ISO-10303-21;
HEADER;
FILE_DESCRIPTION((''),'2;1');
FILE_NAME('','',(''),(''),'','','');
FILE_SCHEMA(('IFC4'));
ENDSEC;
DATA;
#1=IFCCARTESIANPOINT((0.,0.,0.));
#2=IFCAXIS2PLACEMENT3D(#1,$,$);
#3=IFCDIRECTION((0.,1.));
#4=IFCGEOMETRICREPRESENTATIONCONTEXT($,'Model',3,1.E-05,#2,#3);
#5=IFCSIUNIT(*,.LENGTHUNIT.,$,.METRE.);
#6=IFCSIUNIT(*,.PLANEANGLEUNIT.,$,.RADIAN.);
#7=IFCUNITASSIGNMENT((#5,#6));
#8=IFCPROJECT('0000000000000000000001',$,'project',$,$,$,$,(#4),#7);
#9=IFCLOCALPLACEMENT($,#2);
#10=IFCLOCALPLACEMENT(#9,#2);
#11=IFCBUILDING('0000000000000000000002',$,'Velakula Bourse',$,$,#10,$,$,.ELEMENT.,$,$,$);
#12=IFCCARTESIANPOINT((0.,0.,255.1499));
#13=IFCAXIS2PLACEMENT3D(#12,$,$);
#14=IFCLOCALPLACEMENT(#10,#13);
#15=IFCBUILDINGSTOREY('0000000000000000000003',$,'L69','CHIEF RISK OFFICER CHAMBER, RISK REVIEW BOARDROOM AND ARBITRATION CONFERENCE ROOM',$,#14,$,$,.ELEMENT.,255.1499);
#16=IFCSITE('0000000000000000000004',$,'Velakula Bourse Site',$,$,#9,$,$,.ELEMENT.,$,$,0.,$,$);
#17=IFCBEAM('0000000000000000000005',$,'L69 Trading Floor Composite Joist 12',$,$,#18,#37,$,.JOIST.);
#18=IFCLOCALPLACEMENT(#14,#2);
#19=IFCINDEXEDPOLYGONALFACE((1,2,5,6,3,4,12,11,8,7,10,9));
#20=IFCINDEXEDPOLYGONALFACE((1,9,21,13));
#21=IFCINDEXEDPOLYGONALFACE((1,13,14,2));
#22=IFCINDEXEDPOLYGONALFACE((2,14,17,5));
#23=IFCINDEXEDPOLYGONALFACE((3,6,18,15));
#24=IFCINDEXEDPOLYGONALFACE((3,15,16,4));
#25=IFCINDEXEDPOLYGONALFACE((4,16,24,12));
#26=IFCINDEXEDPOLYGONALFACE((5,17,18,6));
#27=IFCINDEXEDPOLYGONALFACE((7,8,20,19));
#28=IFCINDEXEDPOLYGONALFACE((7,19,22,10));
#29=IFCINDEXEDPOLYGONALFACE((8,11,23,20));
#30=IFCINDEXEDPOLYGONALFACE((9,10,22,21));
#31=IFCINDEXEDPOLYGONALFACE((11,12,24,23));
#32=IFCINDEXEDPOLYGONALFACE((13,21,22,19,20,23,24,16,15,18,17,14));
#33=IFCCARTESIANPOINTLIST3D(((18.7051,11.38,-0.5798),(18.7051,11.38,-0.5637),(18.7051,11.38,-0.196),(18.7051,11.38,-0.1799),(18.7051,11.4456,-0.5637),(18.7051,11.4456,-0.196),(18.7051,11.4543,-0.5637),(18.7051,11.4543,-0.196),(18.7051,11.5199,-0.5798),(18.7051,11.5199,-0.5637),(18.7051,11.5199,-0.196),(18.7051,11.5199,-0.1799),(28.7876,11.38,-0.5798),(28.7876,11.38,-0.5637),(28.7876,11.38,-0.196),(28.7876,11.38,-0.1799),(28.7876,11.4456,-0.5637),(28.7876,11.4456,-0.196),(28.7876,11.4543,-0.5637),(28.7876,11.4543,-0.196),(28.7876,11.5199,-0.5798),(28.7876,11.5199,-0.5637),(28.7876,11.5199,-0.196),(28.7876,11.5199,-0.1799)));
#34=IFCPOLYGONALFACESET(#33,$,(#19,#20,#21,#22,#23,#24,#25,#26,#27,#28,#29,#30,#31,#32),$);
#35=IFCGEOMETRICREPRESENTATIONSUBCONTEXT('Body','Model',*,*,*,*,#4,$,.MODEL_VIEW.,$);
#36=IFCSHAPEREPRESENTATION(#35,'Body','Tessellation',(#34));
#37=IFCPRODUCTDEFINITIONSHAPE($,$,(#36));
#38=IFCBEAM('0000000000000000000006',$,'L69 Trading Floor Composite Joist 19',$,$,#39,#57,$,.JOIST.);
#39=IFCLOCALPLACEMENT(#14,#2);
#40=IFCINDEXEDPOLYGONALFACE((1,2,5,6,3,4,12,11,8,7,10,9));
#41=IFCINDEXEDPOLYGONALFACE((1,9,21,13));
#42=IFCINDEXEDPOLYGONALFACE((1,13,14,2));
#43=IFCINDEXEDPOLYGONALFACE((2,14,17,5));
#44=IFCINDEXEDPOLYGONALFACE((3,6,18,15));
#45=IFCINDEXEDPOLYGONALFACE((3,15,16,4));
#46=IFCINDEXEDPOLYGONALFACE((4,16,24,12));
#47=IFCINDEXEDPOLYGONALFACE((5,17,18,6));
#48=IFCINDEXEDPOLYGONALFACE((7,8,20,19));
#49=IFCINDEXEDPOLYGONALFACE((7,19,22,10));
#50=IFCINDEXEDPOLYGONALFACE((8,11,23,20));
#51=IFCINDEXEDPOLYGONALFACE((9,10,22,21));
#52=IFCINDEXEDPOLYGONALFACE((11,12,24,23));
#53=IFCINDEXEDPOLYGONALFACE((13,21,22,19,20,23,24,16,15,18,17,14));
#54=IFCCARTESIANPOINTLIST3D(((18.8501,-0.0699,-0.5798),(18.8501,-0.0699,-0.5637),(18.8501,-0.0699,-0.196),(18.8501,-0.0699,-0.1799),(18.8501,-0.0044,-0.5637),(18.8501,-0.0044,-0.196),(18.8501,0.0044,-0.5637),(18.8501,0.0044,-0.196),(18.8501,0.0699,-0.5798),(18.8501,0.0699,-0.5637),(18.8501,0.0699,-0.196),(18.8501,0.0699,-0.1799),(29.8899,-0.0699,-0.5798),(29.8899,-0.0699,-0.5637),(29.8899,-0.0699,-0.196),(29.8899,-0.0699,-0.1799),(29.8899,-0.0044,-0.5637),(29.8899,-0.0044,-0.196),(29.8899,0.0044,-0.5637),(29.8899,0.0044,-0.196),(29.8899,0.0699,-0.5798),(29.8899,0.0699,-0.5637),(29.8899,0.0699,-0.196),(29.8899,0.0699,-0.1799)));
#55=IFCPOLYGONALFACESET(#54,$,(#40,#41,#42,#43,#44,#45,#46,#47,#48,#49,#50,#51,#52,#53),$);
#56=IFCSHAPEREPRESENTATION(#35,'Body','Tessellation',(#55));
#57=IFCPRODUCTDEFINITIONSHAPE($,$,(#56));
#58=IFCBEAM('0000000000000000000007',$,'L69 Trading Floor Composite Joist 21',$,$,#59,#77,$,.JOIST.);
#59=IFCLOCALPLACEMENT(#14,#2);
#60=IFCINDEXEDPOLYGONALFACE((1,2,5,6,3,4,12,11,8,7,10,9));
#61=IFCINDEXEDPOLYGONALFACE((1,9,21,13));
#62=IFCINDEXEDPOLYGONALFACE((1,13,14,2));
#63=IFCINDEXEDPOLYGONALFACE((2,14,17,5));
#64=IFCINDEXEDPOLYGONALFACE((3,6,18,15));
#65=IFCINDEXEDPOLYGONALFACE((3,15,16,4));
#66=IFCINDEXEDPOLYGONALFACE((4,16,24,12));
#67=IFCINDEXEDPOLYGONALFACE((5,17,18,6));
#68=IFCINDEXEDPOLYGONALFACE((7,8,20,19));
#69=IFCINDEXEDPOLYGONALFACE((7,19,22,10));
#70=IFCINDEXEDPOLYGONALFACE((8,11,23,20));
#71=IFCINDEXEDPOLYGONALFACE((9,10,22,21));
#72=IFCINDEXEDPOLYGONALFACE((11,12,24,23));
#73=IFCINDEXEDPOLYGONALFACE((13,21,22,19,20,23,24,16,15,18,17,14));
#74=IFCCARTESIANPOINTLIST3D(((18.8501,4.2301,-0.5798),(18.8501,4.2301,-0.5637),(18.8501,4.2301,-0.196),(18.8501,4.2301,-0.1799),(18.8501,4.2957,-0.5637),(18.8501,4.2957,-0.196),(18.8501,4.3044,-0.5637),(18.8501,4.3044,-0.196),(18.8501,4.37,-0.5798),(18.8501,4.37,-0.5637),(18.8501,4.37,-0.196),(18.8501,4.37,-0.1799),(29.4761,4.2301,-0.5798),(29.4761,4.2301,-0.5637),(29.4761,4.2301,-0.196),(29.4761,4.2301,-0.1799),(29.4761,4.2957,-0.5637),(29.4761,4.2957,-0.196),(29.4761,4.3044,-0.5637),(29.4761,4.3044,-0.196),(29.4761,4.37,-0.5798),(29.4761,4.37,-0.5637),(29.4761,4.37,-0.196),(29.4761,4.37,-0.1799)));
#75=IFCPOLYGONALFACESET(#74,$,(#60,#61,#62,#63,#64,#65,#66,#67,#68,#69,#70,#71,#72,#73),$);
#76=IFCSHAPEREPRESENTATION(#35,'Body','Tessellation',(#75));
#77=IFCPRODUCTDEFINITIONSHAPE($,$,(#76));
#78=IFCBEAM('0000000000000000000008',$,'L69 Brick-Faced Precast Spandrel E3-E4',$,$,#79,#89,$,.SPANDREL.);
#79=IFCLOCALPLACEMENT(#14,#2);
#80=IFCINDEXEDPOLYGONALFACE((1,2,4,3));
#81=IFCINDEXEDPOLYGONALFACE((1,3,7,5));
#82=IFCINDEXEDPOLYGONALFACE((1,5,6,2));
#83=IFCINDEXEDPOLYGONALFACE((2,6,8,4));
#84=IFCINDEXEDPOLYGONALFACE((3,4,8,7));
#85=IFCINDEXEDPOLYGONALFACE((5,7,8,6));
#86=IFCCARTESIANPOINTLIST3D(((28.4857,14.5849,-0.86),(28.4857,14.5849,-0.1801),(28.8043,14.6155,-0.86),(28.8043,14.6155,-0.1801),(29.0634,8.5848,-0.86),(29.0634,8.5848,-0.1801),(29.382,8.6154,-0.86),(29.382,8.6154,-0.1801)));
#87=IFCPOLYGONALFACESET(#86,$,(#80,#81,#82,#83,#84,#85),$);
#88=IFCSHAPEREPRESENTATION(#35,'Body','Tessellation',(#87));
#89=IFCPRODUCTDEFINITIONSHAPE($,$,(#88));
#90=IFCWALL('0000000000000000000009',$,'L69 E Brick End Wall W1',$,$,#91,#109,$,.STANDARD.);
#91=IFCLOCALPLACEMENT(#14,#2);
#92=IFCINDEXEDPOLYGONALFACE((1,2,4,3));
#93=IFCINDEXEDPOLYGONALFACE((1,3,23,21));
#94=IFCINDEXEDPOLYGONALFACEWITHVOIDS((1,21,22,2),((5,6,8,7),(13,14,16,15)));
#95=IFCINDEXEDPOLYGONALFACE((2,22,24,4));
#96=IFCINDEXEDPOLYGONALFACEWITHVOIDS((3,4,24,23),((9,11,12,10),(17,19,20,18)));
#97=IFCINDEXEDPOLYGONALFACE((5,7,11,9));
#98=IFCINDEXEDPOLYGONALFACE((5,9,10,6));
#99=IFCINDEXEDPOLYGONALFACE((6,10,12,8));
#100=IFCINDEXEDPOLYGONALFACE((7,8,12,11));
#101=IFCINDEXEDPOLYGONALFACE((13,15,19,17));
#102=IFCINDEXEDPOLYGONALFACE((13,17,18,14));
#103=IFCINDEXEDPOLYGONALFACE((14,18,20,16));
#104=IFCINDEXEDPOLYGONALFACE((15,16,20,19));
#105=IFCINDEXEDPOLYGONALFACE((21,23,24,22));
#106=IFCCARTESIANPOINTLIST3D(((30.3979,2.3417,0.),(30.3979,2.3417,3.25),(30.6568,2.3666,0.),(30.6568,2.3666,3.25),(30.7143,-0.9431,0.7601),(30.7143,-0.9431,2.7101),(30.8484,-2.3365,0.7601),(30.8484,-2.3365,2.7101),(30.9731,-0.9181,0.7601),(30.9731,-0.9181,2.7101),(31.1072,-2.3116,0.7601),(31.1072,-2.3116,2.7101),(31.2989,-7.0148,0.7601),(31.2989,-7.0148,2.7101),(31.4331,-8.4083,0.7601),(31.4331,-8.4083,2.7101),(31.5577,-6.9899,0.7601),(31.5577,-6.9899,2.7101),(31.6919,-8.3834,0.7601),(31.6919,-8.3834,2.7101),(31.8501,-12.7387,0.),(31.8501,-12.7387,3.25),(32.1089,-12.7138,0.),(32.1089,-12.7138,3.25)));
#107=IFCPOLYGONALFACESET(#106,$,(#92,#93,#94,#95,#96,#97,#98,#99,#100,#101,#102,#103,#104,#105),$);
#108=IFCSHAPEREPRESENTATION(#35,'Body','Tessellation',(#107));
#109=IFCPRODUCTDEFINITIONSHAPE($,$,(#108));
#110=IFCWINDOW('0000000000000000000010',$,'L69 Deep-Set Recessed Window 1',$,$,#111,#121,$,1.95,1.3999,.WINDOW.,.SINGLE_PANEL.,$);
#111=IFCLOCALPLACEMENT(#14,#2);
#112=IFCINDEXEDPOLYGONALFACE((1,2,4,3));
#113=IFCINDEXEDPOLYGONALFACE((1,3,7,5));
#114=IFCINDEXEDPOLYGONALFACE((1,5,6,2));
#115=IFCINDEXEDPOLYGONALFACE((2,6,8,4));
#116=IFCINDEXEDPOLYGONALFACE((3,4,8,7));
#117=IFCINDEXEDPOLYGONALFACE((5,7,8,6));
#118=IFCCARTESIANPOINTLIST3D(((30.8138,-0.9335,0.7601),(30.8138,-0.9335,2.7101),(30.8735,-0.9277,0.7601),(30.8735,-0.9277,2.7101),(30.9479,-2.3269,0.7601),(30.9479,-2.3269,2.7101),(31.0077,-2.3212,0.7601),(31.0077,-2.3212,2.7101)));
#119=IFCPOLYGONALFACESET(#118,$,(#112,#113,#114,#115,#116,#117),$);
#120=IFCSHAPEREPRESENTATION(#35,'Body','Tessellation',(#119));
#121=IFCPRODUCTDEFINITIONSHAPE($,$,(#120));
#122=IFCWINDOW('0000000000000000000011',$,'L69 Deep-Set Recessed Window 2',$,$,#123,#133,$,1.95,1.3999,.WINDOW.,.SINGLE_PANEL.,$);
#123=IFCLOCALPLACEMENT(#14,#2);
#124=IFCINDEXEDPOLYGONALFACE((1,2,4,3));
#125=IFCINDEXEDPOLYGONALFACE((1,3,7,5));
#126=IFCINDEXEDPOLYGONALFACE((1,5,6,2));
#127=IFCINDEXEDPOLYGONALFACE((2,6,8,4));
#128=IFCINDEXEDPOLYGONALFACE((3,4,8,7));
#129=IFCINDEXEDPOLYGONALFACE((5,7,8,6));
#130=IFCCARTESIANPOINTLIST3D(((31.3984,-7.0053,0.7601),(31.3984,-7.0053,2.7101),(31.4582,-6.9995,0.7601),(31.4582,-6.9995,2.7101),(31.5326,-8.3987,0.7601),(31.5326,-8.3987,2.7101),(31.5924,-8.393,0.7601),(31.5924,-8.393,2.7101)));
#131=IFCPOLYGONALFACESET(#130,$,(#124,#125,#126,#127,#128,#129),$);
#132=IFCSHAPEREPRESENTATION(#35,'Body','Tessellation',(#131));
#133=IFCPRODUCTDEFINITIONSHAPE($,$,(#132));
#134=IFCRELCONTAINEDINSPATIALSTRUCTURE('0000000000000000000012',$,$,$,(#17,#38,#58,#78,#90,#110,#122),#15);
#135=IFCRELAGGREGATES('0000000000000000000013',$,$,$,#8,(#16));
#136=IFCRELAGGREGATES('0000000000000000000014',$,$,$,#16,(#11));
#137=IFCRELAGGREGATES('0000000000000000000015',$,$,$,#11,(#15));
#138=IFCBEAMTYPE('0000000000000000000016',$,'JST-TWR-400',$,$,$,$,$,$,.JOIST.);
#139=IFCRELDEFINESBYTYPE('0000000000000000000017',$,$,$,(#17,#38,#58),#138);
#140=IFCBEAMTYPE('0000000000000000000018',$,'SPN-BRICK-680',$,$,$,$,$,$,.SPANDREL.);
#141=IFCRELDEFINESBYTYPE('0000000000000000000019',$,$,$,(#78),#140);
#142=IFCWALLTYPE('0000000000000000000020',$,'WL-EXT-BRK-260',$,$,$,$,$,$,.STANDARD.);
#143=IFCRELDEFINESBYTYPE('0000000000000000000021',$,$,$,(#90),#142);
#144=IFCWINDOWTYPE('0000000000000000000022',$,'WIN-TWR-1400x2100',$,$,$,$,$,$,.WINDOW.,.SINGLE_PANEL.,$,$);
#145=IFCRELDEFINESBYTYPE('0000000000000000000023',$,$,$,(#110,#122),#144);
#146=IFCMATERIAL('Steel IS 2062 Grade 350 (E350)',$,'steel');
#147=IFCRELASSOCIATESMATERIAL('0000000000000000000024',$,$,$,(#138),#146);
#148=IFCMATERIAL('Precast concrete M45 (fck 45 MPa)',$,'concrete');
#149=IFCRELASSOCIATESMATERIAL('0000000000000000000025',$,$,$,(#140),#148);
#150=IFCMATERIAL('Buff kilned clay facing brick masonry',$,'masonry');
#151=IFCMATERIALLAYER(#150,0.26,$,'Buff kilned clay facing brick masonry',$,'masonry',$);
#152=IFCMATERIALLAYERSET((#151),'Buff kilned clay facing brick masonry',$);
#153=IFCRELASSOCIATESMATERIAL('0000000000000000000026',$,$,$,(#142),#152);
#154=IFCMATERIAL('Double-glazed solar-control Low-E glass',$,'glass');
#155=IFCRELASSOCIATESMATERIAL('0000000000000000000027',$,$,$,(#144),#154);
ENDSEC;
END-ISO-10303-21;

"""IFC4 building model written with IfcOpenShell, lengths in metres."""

from ifc_helpers import new_model, si_unit, direction, frame, frame_2d, origin, origin_2d, place, context, subcontext, project, spatial, rectangle, i_section, extrude, material, layer, layer_set, material_profile, profile_set, type_object, element, fill, save


model = new_model("IFC4")

# Units and contexts
model_context = context("Model", 3, precision=1e-05, world=origin(), true_north=direction((0.0, 1.0)))
body_context = subcontext(model_context, "Body", "Model", "MODEL_VIEW")
ifc_project = project(units=[si_unit("LENGTHUNIT", "METRE"), si_unit("PLANEANGLEUNIT", "RADIAN")], contexts=[model_context])

# Site, building, storey
site_placement = place(None, origin())
site = spatial("IfcSite", under=ifc_project, at=site_placement, Name="Velakula Bourse Site", CompositionType="ELEMENT", RefElevation=0.0)
building_placement = place(site_placement, origin())
building = spatial("IfcBuilding", under=site, at=building_placement, Name="Velakula Bourse", CompositionType="ELEMENT")
storey_placement = place(building_placement, frame((0.0, 0.0, 255.1499)))
storey = spatial("IfcBuildingStorey", under=building, at=storey_placement, Name="L69", Description="CHIEF RISK OFFICER CHAMBER, RISK REVIEW BOARDROOM AND ARBITRATION CONFERENCE ROOM", CompositionType="ELEMENT", Elevation=255.1499)

# Shared definitions
ifc_material_1 = material(Name="Steel IS 2062 Grade 350 (E350)", Category="steel")

# Beams
ifc_material_profile_1 = material_profile(ifc_material_1, i_section(OverallWidth=0.1399, OverallDepth=0.3999, WebThickness=0.0088, FlangeThickness=0.0161, at=origin_2d()), Name="Steel IS 2062 Grade 350 (E350)")
ifc_profile_set_1 = profile_set([ifc_material_profile_1], Name="Steel IS 2062 Grade 350 (E350)")
beam_type_1 = type_object("IfcBeamType", Name="JST-TWR-400", PredefinedType="JOIST", material=ifc_profile_set_1)
beam_1_placement = place(storey_placement, frame((18.7051, 11.45, -0.3799), z_axis=(1.0, 0.0, 0.0), x_axis=(0.0, 1.0, 0.0)))
element("IfcBeam", 1, at=beam_1_placement, inside=storey, type_object=beam_type_1, Name="L69 Trading Floor Composite Joist 12", PredefinedType="JOIST", context=body_context, shape_type="SweptSolid", body=[
    extrude(i_section(OverallWidth=0.1399, OverallDepth=0.3999, WebThickness=0.0088, FlangeThickness=0.0161, at=origin_2d()), origin(), (0.0, 0.0, 1.0), 10.0825),
])
beam_2_placement = place(storey_placement, frame((18.8501, 0.0, -0.3799), z_axis=(1.0, 0.0, 0.0), x_axis=(0.0, 1.0, 0.0)))
element("IfcBeam", 2, at=beam_2_placement, inside=storey, type_object=beam_type_1, Name="L69 Trading Floor Composite Joist 19", PredefinedType="JOIST", context=body_context, shape_type="SweptSolid", body=[
    extrude(i_section(OverallWidth=0.1399, OverallDepth=0.3999, WebThickness=0.0088, FlangeThickness=0.0161, at=origin_2d()), origin(), (0.0, 0.0, 1.0), 11.0398),
])
beam_3_placement = place(storey_placement, frame((18.8501, 4.3, -0.3799), z_axis=(1.0, 0.0, 0.0), x_axis=(0.0, 1.0, 0.0)))
element("IfcBeam", 3, at=beam_3_placement, inside=storey, type_object=beam_type_1, Name="L69 Trading Floor Composite Joist 21", PredefinedType="JOIST", context=body_context, shape_type="SweptSolid", body=[
    extrude(i_section(OverallWidth=0.1399, OverallDepth=0.3999, WebThickness=0.0088, FlangeThickness=0.0161, at=origin_2d()), origin(), (0.0, 0.0, 1.0), 10.626),
])
ifc_material_2 = material(Name="Precast concrete M45 (fck 45 MPa)", Category="concrete")
ifc_material_profile_2 = material_profile(ifc_material_2, rectangle(XDim=0.3201, YDim=0.6799, at=origin_2d()), Name="Precast concrete M45 (fck 45 MPa)")
ifc_profile_set_2 = profile_set([ifc_material_profile_2], Name="Precast concrete M45 (fck 45 MPa)")
beam_type_2 = type_object("IfcBeamType", Name="SPN-BRICK-680", PredefinedType="SPANDREL", material=ifc_profile_set_2)
beam_4_placement = place(storey_placement, frame((29.2227, 8.6001, -0.52), z_axis=(-0.09583, 0.995398, 0.0), x_axis=(-0.995398, -0.09583, 0.0)))
element("IfcBeam", 4, at=beam_4_placement, inside=storey, type_object=beam_type_2, Name="L69 Brick-Faced Precast Spandrel E3-E4", PredefinedType="SPANDREL", context=body_context, shape_type="SweptSolid", body=[
    extrude(rectangle(XDim=0.3201, YDim=0.6799, at=origin_2d()), origin(), (0.0, 0.0, 1.0), 6.0278),
])

# Wall, openings, windows
ifc_material_3 = material(Name="Buff kilned clay facing brick masonry", Category="masonry")
ifc_layer_1 = layer(ifc_material_3, 0.26, Name="Buff kilned clay facing brick masonry", Category="masonry")
ifc_layer_set_1 = layer_set([ifc_layer_1], Name="Buff kilned clay facing brick masonry")
wall_type_1 = type_object("IfcWallType", Name="WL-EXT-BRK-260", PredefinedType="STANDARD", material=ifc_layer_set_1)
wall_1_placement = place(storey_placement, frame((30.5273, 2.3542, 0.0), z_axis=(0.0, 0.0, 1.0), x_axis=(0.095851, -0.995396, 0.0)))
wall_1 = element("IfcWall", 5, at=wall_1_placement, inside=storey, type_object=wall_type_1, Name="L69 E Brick End Wall W1", PredefinedType="STANDARD", context=body_context, shape_type="SweptSolid", body=[
    extrude(rectangle(XDim=15.1501, YDim=0.26, at=frame_2d((7.5752, 0.0))), origin(), (0.0, 0.0, 1.0), 3.25),
])
opening_1_placement = place(wall_1_placement, frame((3.3, 0.0, 0.76)))
opening_1 = element("IfcOpeningElement", 6, at=opening_1_placement, cuts=wall_1, PredefinedType="OPENING", context=body_context, shape_type="SweptSolid", body=[
    extrude(rectangle(XDim=1.3999, YDim=1.95, at=frame_2d((0.7, 0.9751))), frame((0.0, 0.1399, 0.0), z_axis=(0.0, -1.0, 0.0), x_axis=(1.0, 0.0, 0.0)), (0.0, 0.0, 1.0), 0.28),
])
opening_2_placement = place(wall_1_placement, frame((9.3999, 0.0, 0.76)))
opening_2 = element("IfcOpeningElement", 7, at=opening_2_placement, cuts=wall_1, PredefinedType="OPENING", context=body_context, shape_type="SweptSolid", body=[
    extrude(rectangle(XDim=1.3999, YDim=1.95, at=frame_2d((0.7, 0.9751))), frame((0.0, 0.1399, 0.0), z_axis=(0.0, -1.0, 0.0), x_axis=(1.0, 0.0, 0.0)), (0.0, 0.0, 1.0), 0.28),
])
ifc_material_4 = material(Name="Double-glazed solar-control Low-E glass", Category="glass")
window_type = type_object("IfcWindowType", Name="WIN-TWR-1400x2100", PartitioningType="SINGLE_PANEL", PredefinedType="WINDOW", material=ifc_material_4)
window_1_placement = place(opening_1_placement, origin())
window_1 = element("IfcWindow", 8, at=window_1_placement, inside=storey, type_object=window_type, Name="L69 Deep-Set Recessed Window 1", OverallHeight=1.95, OverallWidth=1.3999, PartitioningType="SINGLE_PANEL", PredefinedType="WINDOW", context=body_context, shape_type="SweptSolid", body=[
    extrude(rectangle(XDim=1.3999, YDim=1.95, at=frame_2d((0.7, 0.9751))), frame((0.0, 0.03, 0.0), z_axis=(0.0, -1.0, 0.0), x_axis=(1.0, 0.0, 0.0)), (0.0, 0.0, 1.0), 0.0601),
])
fill(opening_1, window_1)
window_2_placement = place(opening_2_placement, origin())
window_2 = element("IfcWindow", 9, at=window_2_placement, inside=storey, type_object=window_type, Name="L69 Deep-Set Recessed Window 2", OverallHeight=1.95, OverallWidth=1.3999, PartitioningType="SINGLE_PANEL", PredefinedType="WINDOW", context=body_context, shape_type="SweptSolid", body=[
    extrude(rectangle(XDim=1.3999, YDim=1.95, at=frame_2d((0.7, 0.9751))), frame((0.0, 0.03, 0.0), z_axis=(0.0, -1.0, 0.0), x_axis=(1.0, 0.0, 0.0)), (0.0, 0.0, 1.0), 0.0601),
])
fill(opening_2, window_2)

save(model, "model.ifc")
